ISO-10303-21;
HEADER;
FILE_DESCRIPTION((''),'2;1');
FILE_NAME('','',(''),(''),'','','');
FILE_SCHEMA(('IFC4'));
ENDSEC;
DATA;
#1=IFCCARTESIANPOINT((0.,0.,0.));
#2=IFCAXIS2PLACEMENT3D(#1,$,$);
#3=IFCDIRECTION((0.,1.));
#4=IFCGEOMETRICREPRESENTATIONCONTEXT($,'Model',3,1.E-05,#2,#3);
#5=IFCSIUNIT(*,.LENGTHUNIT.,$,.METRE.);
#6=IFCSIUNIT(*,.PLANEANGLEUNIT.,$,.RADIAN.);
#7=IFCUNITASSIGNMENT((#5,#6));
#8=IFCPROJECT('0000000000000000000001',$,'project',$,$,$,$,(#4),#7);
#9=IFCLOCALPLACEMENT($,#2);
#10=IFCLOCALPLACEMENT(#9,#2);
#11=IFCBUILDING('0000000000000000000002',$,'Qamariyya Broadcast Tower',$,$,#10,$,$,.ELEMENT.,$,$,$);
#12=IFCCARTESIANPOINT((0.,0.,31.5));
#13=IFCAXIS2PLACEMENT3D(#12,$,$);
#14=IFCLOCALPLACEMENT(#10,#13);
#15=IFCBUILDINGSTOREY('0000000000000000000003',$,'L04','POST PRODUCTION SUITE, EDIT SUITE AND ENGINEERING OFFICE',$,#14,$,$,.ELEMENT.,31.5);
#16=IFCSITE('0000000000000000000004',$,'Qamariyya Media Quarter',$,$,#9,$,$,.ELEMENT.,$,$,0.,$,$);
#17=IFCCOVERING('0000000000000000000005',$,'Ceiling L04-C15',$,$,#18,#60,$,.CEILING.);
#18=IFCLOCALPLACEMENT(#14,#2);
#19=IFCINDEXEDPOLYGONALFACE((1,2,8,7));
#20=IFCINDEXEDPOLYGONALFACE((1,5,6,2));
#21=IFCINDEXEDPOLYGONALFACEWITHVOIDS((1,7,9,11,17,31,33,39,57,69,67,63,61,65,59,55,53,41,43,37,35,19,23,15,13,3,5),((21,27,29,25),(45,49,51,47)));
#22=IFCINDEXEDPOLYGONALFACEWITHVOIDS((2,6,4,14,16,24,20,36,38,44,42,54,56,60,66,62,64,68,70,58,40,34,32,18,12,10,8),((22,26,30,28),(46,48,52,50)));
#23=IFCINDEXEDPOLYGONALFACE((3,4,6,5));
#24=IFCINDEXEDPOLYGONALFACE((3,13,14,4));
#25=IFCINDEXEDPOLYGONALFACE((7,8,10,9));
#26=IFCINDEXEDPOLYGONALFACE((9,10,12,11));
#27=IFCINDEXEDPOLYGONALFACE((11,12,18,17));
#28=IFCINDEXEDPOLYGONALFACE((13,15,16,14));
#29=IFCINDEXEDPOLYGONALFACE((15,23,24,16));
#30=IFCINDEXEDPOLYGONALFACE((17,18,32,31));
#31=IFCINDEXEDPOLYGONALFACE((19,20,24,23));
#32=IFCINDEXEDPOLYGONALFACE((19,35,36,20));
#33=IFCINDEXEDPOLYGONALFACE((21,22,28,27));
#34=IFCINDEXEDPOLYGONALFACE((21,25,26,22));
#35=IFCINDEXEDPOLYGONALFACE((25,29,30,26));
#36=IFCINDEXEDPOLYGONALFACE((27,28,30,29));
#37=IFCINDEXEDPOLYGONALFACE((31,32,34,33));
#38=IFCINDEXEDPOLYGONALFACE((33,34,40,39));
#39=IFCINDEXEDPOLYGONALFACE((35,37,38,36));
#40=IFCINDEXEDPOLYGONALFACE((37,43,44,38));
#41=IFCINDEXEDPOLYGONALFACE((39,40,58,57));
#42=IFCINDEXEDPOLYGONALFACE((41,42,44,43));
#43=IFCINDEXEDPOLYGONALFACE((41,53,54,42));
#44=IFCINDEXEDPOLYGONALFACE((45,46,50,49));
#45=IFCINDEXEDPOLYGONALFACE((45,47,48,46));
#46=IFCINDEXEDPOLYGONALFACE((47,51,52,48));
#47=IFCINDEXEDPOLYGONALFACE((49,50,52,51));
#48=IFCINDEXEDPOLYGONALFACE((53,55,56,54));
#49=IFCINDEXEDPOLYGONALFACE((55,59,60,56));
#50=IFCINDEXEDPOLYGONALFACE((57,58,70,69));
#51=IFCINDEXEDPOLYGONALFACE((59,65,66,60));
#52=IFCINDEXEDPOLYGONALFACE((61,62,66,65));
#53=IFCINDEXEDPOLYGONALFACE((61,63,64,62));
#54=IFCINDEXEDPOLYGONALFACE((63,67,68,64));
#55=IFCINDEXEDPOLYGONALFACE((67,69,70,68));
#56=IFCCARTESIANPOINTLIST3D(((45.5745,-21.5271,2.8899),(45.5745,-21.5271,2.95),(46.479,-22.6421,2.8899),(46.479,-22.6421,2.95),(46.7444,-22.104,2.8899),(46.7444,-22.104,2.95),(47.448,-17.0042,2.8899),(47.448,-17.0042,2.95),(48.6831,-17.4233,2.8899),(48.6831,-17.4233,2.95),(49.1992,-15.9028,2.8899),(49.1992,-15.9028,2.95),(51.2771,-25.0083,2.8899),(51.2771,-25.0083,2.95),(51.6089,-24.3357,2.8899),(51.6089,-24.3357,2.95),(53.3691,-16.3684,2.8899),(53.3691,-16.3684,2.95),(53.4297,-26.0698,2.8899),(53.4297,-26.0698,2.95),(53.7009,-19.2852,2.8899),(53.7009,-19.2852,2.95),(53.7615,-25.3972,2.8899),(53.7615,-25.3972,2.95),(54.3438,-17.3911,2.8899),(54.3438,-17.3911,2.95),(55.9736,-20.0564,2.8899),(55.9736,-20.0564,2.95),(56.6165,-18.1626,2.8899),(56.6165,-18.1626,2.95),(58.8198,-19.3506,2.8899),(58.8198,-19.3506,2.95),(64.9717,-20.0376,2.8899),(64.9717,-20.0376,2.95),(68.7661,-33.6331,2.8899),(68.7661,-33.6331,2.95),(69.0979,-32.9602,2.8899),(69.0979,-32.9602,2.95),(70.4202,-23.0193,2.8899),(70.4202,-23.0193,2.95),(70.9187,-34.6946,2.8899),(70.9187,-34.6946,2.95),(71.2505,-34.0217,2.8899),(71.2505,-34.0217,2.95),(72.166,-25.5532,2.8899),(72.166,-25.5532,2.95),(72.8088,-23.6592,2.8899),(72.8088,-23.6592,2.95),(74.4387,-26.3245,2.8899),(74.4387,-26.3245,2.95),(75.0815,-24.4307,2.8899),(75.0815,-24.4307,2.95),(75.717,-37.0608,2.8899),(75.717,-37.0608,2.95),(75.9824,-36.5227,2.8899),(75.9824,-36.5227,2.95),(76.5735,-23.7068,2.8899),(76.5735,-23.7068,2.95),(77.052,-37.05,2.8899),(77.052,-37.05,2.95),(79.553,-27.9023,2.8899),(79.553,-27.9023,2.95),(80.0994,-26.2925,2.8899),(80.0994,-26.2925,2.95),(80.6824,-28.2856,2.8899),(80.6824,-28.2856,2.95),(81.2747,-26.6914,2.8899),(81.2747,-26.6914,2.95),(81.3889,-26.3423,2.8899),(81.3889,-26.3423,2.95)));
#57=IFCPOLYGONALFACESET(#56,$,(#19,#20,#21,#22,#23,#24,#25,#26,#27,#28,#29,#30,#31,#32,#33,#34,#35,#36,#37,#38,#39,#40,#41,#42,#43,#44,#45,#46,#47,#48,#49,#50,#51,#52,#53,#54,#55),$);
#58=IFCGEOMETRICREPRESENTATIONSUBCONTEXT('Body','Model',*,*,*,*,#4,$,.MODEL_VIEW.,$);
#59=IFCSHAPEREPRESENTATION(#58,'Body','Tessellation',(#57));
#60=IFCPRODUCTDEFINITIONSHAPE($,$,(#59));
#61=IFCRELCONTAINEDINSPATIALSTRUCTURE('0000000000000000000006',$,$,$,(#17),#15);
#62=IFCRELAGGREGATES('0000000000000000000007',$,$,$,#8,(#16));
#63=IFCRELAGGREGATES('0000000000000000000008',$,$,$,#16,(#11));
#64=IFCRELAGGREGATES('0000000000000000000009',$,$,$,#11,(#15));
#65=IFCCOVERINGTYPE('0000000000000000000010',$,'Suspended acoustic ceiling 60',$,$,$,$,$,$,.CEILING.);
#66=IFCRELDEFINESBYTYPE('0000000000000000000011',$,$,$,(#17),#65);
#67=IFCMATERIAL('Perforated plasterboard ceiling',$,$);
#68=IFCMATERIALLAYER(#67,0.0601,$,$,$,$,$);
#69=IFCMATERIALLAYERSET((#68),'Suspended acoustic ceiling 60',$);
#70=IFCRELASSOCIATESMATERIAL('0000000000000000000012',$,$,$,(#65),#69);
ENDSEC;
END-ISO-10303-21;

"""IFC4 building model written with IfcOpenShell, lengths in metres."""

from ifc_helpers import new_model, si_unit, direction, frame, origin, place, context, subcontext, project, spatial, polyline, outline, extrude, material, layer, layer_set, type_object, element, save


model = new_model("IFC4")

# Units and contexts
model_context = context("Model", 3, precision=1e-05, world=origin(), true_north=direction((0.0, 1.0)))
body_context = subcontext(model_context, "Body", "Model", "MODEL_VIEW")
ifc_project = project(units=[si_unit("LENGTHUNIT", "METRE"), si_unit("PLANEANGLEUNIT", "RADIAN")], contexts=[model_context])

# Site, building, storey
site_placement = place(None, origin())
site = spatial("IfcSite", under=ifc_project, at=site_placement, Name="Qamariyya Media Quarter", CompositionType="ELEMENT", RefElevation=0.0)
building_placement = place(site_placement, origin())
building = spatial("IfcBuilding", under=site, at=building_placement, Name="Qamariyya Broadcast Tower", CompositionType="ELEMENT")
storey_placement = place(building_placement, frame((0.0, 0.0, 31.5)))
storey = spatial("IfcBuildingStorey", under=building, at=storey_placement, Name="L04", Description="POST PRODUCTION SUITE, EDIT SUITE AND ENGINEERING OFFICE", CompositionType="ELEMENT", Elevation=31.5)

# Covering
ifc_material_1 = material(Name="Perforated plasterboard ceiling")
ifc_layer_1 = layer(ifc_material_1, 0.0601)
ifc_layer_set_1 = layer_set([ifc_layer_1], Name="Suspended acoustic ceiling 60")
covering_type_1 = type_object("IfcCoveringType", Name="Suspended acoustic ceiling 60", PredefinedType="CEILING", material=ifc_layer_set_1)
covering_1_placement = place(storey_placement, frame((0.0, 0.0, 2.8899)))
element("IfcCovering", 1, at=covering_1_placement, inside=storey, type_object=covering_type_1, Name="Ceiling L04-C15", PredefinedType="CEILING", context=body_context, shape_type="SweptSolid", body=[
    extrude(outline(polyline([(53.3691, -16.3684), (58.8198, -19.3506), (64.9717, -20.0376), (70.4202, -23.0193), (76.5735, -23.7068), (81.3889, -26.3423), (81.2747, -26.6914), (80.0994, -26.2925), (79.553, -27.9023), (80.6824, -28.2856), (77.052, -37.05), (75.9824, -36.5227), (75.717, -37.0608), (70.9187, -34.6946), (71.2505, -34.0217), (69.0979, -32.9602), (68.7661, -33.6331), (53.4297, -26.0698), (53.7615, -25.3972), (51.6089, -24.3357), (51.2771, -25.0083), (46.479, -22.6421), (46.7444, -22.104), (45.5745, -21.5271), (47.448, -17.0042), (48.6831, -17.4233), (49.1992, -15.9028), (53.3691, -16.3684)]), holes=[polyline([(74.4387, -26.3245), (75.0815, -24.4307), (72.8088, -23.6592), (72.166, -25.5532), (74.4387, -26.3245)]), polyline([(53.7009, -19.2852), (55.9736, -20.0564), (56.6165, -18.1626), (54.3438, -17.3911), (53.7009, -19.2852)])]), origin(), (0.0, 0.0, 1.0), 0.0601),
])

save(model, "model.ifc")
